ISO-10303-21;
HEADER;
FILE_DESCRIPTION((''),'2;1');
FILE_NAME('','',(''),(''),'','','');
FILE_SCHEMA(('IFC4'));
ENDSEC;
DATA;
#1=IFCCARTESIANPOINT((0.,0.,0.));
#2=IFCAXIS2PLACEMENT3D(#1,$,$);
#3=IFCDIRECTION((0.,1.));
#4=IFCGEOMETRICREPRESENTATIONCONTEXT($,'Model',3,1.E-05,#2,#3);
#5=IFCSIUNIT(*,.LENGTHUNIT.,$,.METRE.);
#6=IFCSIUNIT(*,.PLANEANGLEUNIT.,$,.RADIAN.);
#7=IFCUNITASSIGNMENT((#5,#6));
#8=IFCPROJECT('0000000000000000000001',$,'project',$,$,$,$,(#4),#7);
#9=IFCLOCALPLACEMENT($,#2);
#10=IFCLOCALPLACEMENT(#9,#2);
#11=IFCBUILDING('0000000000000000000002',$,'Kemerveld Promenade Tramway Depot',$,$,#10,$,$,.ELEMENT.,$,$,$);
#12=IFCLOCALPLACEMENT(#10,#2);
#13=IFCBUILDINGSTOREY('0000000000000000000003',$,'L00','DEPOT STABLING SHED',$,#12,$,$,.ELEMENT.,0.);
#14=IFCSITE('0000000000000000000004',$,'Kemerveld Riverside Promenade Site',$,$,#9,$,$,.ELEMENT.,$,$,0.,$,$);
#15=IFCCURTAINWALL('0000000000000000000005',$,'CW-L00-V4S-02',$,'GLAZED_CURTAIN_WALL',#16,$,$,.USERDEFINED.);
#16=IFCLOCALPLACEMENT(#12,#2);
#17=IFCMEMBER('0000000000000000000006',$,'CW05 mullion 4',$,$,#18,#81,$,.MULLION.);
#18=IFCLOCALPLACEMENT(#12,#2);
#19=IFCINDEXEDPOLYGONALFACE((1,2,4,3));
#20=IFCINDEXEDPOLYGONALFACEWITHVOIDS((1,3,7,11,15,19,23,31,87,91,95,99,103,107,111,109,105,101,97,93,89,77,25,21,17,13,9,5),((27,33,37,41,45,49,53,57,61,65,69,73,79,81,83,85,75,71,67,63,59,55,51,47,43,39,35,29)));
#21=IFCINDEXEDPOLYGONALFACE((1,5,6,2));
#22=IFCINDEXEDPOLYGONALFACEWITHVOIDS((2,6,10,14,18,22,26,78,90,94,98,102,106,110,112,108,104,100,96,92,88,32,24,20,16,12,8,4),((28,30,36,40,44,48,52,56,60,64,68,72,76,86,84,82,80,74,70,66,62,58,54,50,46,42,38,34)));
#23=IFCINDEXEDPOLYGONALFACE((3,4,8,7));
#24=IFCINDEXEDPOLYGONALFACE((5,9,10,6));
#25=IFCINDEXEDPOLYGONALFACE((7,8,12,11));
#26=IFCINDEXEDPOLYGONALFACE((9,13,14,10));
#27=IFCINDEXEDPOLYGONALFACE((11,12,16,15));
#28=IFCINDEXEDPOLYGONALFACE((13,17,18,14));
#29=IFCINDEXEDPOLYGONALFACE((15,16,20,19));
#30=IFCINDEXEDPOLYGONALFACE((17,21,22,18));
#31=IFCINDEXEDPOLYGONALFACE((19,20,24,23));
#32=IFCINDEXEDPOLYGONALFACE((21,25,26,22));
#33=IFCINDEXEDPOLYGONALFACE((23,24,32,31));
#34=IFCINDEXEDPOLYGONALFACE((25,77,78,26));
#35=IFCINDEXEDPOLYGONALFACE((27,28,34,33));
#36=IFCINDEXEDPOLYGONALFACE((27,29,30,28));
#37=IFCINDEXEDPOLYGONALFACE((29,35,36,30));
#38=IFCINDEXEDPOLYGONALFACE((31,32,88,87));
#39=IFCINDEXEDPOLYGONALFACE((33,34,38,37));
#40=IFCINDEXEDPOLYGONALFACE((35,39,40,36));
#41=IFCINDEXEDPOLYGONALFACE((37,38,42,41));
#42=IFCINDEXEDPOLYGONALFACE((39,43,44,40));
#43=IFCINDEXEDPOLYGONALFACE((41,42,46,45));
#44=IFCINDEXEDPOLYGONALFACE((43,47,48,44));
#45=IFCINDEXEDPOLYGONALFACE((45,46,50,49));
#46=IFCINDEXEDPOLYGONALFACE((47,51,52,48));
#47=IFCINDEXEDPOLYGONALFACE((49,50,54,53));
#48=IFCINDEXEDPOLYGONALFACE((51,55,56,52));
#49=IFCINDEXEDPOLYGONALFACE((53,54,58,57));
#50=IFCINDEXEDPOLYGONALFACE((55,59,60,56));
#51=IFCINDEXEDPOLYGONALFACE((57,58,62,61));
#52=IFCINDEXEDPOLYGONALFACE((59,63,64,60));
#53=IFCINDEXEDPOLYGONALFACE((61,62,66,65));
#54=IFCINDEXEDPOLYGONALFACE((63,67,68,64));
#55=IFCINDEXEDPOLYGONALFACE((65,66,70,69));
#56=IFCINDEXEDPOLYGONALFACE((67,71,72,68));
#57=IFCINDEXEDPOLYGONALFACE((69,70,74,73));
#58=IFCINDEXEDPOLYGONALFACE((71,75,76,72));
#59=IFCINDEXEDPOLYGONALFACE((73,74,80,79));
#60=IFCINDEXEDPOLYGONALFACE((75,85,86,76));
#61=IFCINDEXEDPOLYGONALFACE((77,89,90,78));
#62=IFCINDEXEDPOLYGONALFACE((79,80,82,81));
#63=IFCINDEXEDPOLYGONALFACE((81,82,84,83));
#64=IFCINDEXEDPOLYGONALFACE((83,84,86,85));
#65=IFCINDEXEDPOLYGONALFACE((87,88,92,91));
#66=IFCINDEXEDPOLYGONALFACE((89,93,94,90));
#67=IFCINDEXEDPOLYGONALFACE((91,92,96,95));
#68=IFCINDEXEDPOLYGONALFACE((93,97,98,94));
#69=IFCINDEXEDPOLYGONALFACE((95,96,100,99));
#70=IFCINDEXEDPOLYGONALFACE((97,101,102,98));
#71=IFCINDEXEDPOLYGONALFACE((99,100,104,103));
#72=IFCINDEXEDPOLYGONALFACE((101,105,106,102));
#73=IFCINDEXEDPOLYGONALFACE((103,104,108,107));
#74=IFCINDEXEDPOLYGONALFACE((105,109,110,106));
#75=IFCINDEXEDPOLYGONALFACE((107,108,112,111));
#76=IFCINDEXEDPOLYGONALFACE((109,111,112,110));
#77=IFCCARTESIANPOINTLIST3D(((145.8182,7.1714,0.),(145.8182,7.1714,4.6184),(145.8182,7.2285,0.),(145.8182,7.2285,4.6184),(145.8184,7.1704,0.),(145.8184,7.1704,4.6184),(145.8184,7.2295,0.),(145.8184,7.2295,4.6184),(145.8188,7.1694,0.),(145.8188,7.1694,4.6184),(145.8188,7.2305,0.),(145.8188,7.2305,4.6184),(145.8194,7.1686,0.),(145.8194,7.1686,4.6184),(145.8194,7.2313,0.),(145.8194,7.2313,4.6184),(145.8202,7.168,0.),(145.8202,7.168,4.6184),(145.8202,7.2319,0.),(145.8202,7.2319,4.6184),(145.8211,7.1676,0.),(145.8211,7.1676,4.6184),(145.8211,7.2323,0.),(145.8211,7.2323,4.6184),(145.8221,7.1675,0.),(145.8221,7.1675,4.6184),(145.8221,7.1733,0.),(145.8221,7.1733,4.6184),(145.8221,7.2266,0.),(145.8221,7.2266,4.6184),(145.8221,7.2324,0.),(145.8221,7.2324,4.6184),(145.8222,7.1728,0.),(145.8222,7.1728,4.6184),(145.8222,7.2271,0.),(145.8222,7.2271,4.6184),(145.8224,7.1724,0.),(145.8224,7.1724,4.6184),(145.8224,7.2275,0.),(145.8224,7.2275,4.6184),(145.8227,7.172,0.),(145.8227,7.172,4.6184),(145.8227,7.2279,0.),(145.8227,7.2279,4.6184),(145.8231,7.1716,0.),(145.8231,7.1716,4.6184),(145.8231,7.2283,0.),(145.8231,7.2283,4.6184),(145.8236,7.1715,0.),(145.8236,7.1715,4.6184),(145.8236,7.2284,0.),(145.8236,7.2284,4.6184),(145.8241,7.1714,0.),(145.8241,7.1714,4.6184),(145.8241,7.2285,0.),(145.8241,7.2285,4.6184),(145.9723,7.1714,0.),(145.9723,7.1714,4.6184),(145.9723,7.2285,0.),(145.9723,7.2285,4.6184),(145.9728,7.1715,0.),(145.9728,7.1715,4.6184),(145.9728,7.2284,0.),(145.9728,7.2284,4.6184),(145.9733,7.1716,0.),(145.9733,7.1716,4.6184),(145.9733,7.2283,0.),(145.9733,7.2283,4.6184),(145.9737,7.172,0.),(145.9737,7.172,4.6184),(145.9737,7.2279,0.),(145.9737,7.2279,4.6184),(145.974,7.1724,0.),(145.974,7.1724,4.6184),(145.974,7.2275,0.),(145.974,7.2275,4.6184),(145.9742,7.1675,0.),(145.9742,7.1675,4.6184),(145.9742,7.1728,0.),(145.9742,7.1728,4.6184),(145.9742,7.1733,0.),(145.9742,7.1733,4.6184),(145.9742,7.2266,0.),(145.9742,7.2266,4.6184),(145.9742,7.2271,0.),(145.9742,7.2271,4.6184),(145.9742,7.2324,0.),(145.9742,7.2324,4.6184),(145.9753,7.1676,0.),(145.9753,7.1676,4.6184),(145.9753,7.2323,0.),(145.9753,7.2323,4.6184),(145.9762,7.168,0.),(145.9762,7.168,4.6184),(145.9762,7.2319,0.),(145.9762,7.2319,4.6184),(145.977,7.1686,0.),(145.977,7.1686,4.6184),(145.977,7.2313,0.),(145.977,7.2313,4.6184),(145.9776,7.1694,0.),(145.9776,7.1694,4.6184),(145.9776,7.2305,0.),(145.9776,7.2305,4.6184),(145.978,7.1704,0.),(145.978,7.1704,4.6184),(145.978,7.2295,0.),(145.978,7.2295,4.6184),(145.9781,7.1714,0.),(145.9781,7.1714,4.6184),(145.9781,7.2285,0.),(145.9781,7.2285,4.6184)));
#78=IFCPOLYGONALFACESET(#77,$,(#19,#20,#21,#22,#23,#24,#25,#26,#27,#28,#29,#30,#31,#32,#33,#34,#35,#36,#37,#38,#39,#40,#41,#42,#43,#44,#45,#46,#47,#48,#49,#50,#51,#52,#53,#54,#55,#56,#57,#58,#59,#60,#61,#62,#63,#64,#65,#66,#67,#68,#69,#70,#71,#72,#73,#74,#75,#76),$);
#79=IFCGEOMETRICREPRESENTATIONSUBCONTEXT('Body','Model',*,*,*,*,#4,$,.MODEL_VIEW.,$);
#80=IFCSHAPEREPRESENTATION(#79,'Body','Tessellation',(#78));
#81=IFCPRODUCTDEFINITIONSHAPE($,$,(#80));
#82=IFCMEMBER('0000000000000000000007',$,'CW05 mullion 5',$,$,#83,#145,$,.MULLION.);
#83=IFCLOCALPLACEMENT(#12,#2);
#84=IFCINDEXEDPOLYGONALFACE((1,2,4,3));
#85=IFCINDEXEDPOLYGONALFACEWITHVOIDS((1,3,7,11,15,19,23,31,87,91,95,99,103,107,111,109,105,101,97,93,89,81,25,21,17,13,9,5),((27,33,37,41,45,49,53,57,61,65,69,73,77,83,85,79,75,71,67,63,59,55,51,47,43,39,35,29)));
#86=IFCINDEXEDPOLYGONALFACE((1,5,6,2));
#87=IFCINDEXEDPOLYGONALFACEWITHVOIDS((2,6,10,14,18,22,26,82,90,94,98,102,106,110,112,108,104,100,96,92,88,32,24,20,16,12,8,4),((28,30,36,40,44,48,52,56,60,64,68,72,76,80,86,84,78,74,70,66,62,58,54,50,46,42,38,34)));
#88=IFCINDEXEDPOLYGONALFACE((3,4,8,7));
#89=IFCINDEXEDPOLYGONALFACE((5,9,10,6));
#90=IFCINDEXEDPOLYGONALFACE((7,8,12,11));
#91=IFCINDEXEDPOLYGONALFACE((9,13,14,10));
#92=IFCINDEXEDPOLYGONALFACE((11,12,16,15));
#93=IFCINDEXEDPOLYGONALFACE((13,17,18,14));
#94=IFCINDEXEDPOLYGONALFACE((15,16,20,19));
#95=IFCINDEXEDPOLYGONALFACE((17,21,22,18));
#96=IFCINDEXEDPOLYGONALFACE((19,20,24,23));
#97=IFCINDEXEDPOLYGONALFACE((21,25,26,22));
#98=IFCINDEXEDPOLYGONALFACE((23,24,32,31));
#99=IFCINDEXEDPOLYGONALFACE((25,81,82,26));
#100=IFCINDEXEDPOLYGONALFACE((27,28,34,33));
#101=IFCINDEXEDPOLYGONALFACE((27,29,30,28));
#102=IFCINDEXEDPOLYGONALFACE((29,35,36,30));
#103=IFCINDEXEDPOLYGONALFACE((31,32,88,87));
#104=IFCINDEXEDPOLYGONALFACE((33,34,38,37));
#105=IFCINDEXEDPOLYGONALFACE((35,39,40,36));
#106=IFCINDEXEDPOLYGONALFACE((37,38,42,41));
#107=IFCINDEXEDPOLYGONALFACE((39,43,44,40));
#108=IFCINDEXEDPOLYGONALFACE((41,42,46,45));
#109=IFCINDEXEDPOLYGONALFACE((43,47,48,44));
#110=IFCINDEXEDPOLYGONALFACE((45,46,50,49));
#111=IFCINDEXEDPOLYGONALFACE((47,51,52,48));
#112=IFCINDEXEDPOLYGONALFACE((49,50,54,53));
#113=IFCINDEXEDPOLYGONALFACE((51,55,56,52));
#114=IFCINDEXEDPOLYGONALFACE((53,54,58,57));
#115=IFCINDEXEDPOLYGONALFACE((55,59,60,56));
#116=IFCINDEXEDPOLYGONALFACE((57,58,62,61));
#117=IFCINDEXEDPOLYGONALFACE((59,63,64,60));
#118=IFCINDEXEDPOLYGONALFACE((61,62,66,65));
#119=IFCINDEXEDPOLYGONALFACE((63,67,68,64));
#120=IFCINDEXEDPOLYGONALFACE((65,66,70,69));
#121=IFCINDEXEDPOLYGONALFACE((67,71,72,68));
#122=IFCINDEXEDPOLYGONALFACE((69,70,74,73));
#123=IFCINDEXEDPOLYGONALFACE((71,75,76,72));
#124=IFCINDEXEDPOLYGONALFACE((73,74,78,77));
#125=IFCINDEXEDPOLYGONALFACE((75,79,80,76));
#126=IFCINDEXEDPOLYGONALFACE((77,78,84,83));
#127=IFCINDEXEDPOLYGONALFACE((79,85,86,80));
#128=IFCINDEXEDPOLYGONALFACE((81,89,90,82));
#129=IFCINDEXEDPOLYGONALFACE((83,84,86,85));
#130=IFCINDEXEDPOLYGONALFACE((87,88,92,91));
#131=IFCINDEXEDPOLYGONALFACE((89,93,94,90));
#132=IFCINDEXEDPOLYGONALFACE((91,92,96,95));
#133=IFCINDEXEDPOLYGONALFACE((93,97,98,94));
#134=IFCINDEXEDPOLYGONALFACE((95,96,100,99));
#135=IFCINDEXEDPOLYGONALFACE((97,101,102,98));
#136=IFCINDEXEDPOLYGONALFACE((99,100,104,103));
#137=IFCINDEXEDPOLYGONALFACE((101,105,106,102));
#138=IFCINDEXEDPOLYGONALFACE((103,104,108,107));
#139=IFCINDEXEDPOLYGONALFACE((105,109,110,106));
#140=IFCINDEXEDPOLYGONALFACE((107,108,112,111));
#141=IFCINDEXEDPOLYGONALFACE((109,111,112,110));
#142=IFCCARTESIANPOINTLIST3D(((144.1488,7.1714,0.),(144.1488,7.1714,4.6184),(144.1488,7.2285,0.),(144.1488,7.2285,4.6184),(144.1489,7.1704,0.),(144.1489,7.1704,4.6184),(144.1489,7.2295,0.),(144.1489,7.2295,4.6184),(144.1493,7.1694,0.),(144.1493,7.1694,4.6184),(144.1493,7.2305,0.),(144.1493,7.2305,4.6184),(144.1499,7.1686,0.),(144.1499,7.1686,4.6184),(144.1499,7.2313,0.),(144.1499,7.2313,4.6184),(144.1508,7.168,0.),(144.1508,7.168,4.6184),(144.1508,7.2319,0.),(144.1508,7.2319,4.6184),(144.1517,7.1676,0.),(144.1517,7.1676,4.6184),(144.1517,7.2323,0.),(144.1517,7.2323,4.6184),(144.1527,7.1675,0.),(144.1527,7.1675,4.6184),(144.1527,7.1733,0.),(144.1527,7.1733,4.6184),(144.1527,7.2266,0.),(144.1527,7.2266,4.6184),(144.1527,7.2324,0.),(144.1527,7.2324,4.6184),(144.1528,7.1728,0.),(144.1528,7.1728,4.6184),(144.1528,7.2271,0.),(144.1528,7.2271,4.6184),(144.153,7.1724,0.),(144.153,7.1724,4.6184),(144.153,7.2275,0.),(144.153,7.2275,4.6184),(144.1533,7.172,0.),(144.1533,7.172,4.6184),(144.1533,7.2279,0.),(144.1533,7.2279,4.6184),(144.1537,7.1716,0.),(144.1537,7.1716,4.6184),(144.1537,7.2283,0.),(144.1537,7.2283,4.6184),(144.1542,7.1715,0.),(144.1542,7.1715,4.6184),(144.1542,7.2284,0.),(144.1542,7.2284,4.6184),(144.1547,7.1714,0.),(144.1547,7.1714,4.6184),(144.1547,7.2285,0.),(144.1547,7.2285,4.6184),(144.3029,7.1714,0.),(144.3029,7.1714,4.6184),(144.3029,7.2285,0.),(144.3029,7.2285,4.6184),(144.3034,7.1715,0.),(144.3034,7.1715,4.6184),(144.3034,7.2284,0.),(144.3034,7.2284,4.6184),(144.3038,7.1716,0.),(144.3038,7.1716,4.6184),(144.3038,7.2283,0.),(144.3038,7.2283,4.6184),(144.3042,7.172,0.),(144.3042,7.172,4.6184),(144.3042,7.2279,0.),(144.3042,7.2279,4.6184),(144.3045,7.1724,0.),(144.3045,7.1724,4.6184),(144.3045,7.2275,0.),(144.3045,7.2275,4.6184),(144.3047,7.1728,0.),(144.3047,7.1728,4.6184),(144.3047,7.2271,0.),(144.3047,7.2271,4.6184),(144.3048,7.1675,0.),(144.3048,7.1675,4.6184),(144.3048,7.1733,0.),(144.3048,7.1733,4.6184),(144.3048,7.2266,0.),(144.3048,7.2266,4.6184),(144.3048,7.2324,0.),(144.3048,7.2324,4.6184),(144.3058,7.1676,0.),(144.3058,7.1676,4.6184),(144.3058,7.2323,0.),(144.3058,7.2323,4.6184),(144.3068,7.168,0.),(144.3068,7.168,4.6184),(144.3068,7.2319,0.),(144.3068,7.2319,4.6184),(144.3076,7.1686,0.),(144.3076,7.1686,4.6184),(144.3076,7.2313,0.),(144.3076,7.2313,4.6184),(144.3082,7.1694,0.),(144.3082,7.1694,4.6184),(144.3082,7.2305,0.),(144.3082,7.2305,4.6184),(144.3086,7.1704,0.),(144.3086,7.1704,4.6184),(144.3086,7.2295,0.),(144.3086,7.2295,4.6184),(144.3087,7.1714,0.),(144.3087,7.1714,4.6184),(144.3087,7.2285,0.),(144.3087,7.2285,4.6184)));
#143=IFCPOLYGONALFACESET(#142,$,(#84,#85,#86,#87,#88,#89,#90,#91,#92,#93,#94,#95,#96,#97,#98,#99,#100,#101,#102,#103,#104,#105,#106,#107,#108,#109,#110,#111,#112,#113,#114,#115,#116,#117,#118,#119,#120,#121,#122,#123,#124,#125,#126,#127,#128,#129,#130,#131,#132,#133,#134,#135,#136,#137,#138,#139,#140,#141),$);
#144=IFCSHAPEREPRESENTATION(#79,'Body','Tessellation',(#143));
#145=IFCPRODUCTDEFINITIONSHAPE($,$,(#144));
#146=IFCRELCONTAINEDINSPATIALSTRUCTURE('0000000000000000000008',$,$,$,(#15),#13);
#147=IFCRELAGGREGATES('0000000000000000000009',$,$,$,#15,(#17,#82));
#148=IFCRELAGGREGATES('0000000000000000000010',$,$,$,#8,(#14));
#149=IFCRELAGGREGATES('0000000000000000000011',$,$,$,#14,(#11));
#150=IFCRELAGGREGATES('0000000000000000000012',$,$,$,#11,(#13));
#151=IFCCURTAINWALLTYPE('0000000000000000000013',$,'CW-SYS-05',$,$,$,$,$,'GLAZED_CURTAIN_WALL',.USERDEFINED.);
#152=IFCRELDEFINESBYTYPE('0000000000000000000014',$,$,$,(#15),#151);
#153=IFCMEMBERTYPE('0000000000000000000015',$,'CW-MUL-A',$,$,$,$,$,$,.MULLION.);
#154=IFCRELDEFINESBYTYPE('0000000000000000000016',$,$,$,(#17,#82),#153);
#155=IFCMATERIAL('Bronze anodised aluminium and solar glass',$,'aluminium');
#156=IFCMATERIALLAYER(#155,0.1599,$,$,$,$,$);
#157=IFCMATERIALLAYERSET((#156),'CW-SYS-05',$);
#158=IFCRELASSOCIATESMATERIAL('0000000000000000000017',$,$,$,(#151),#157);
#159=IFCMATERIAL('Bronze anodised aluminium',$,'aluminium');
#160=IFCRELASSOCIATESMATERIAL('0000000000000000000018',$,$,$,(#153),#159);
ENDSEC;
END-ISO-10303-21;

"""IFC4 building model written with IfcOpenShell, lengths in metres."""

from ifc_helpers import new_model, si_unit, direction, frame, origin, origin_2d, place, context, subcontext, project, spatial, hollow_rectangle, extrude, material, layer, layer_set, material_profile, profile_set, type_object, element, aggregate, save


model = new_model("IFC4")

# Units and contexts
model_context = context("Model", 3, precision=1e-05, world=origin(), true_north=direction((0.0, 1.0)))
body_context = subcontext(model_context, "Body", "Model", "MODEL_VIEW")
ifc_project = project(units=[si_unit("LENGTHUNIT", "METRE"), si_unit("PLANEANGLEUNIT", "RADIAN")], contexts=[model_context])

# Site, building, storey
site_placement = place(None, origin())
site = spatial("IfcSite", under=ifc_project, at=site_placement, Name="Kemerveld Riverside Promenade Site", CompositionType="ELEMENT", RefElevation=0.0)
building_placement = place(site_placement, origin())
building = spatial("IfcBuilding", under=site, at=building_placement, Name="Kemerveld Promenade Tramway Depot", CompositionType="ELEMENT")
storey_placement = place(building_placement, origin())
storey = spatial("IfcBuildingStorey", under=building, at=storey_placement, Name="L00", Description="DEPOT STABLING SHED", CompositionType="ELEMENT", Elevation=0.0)

# Curtain wall, members
ifc_material_1 = material(Name="Bronze anodised aluminium and solar glass", Category="aluminium")
ifc_layer_1 = layer(ifc_material_1, 0.1599)
ifc_layer_set_1 = layer_set([ifc_layer_1], Name="CW-SYS-05")
curtain_wall_type = type_object("IfcCurtainWallType", Name="CW-SYS-05", ElementType="GLAZED_CURTAIN_WALL", PredefinedType="USERDEFINED", material=ifc_layer_set_1)
curtain_wall_placement = place(storey_placement, origin())
curtain_wall = element("IfcCurtainWall", 1, at=curtain_wall_placement, inside=storey, type_object=curtain_wall_type, Name="CW-L00-V4S-02", ObjectType="GLAZED_CURTAIN_WALL", PredefinedType="USERDEFINED")
ifc_material_2 = material(Name="Bronze anodised aluminium", Category="aluminium")
ifc_material_profile_1 = material_profile(ifc_material_2, hollow_rectangle(XDim=0.0649, YDim=0.1599, WallThickness=0.0039, InnerFilletRadius=0.002, OuterFilletRadius=0.0039, at=origin_2d()), Name="CW-MUL-160x65")
ifc_profile_set_1 = profile_set([ifc_material_profile_1], Name="Bronze anodised aluminium")
member_type_1 = type_object("IfcMemberType", Name="CW-MUL-A", PredefinedType="MULLION", material=ifc_profile_set_1)
member_1_placement = place(storey_placement, frame((145.8982, 7.2, 0.0), z_axis=(0.0, 0.0, 1.0), x_axis=(0.0, -1.0, 0.0)))
member_1 = element("IfcMember", 2, at=member_1_placement, type_object=member_type_1, Name="CW05 mullion 4", PredefinedType="MULLION", context=body_context, shape_type="SweptSolid", body=[
    extrude(hollow_rectangle(XDim=0.0649, YDim=0.1599, WallThickness=0.0039, InnerFilletRadius=0.002, OuterFilletRadius=0.0039, at=origin_2d()), origin(), (0.0, 0.0, 1.0), 4.6184),
])
member_2_placement = place(storey_placement, frame((144.2288, 7.2, 0.0), z_axis=(0.0, 0.0, 1.0), x_axis=(0.0, -1.0, 0.0)))
member_2 = element("IfcMember", 3, at=member_2_placement, type_object=member_type_1, Name="CW05 mullion 5", PredefinedType="MULLION", context=body_context, shape_type="SweptSolid", body=[
    extrude(hollow_rectangle(XDim=0.0649, YDim=0.1599, WallThickness=0.0039, InnerFilletRadius=0.002, OuterFilletRadius=0.0039, at=origin_2d()), origin(), (0.0, 0.0, 1.0), 4.6184),
])
aggregate(curtain_wall, [member_1, member_2])

save(model, "model.ifc")
